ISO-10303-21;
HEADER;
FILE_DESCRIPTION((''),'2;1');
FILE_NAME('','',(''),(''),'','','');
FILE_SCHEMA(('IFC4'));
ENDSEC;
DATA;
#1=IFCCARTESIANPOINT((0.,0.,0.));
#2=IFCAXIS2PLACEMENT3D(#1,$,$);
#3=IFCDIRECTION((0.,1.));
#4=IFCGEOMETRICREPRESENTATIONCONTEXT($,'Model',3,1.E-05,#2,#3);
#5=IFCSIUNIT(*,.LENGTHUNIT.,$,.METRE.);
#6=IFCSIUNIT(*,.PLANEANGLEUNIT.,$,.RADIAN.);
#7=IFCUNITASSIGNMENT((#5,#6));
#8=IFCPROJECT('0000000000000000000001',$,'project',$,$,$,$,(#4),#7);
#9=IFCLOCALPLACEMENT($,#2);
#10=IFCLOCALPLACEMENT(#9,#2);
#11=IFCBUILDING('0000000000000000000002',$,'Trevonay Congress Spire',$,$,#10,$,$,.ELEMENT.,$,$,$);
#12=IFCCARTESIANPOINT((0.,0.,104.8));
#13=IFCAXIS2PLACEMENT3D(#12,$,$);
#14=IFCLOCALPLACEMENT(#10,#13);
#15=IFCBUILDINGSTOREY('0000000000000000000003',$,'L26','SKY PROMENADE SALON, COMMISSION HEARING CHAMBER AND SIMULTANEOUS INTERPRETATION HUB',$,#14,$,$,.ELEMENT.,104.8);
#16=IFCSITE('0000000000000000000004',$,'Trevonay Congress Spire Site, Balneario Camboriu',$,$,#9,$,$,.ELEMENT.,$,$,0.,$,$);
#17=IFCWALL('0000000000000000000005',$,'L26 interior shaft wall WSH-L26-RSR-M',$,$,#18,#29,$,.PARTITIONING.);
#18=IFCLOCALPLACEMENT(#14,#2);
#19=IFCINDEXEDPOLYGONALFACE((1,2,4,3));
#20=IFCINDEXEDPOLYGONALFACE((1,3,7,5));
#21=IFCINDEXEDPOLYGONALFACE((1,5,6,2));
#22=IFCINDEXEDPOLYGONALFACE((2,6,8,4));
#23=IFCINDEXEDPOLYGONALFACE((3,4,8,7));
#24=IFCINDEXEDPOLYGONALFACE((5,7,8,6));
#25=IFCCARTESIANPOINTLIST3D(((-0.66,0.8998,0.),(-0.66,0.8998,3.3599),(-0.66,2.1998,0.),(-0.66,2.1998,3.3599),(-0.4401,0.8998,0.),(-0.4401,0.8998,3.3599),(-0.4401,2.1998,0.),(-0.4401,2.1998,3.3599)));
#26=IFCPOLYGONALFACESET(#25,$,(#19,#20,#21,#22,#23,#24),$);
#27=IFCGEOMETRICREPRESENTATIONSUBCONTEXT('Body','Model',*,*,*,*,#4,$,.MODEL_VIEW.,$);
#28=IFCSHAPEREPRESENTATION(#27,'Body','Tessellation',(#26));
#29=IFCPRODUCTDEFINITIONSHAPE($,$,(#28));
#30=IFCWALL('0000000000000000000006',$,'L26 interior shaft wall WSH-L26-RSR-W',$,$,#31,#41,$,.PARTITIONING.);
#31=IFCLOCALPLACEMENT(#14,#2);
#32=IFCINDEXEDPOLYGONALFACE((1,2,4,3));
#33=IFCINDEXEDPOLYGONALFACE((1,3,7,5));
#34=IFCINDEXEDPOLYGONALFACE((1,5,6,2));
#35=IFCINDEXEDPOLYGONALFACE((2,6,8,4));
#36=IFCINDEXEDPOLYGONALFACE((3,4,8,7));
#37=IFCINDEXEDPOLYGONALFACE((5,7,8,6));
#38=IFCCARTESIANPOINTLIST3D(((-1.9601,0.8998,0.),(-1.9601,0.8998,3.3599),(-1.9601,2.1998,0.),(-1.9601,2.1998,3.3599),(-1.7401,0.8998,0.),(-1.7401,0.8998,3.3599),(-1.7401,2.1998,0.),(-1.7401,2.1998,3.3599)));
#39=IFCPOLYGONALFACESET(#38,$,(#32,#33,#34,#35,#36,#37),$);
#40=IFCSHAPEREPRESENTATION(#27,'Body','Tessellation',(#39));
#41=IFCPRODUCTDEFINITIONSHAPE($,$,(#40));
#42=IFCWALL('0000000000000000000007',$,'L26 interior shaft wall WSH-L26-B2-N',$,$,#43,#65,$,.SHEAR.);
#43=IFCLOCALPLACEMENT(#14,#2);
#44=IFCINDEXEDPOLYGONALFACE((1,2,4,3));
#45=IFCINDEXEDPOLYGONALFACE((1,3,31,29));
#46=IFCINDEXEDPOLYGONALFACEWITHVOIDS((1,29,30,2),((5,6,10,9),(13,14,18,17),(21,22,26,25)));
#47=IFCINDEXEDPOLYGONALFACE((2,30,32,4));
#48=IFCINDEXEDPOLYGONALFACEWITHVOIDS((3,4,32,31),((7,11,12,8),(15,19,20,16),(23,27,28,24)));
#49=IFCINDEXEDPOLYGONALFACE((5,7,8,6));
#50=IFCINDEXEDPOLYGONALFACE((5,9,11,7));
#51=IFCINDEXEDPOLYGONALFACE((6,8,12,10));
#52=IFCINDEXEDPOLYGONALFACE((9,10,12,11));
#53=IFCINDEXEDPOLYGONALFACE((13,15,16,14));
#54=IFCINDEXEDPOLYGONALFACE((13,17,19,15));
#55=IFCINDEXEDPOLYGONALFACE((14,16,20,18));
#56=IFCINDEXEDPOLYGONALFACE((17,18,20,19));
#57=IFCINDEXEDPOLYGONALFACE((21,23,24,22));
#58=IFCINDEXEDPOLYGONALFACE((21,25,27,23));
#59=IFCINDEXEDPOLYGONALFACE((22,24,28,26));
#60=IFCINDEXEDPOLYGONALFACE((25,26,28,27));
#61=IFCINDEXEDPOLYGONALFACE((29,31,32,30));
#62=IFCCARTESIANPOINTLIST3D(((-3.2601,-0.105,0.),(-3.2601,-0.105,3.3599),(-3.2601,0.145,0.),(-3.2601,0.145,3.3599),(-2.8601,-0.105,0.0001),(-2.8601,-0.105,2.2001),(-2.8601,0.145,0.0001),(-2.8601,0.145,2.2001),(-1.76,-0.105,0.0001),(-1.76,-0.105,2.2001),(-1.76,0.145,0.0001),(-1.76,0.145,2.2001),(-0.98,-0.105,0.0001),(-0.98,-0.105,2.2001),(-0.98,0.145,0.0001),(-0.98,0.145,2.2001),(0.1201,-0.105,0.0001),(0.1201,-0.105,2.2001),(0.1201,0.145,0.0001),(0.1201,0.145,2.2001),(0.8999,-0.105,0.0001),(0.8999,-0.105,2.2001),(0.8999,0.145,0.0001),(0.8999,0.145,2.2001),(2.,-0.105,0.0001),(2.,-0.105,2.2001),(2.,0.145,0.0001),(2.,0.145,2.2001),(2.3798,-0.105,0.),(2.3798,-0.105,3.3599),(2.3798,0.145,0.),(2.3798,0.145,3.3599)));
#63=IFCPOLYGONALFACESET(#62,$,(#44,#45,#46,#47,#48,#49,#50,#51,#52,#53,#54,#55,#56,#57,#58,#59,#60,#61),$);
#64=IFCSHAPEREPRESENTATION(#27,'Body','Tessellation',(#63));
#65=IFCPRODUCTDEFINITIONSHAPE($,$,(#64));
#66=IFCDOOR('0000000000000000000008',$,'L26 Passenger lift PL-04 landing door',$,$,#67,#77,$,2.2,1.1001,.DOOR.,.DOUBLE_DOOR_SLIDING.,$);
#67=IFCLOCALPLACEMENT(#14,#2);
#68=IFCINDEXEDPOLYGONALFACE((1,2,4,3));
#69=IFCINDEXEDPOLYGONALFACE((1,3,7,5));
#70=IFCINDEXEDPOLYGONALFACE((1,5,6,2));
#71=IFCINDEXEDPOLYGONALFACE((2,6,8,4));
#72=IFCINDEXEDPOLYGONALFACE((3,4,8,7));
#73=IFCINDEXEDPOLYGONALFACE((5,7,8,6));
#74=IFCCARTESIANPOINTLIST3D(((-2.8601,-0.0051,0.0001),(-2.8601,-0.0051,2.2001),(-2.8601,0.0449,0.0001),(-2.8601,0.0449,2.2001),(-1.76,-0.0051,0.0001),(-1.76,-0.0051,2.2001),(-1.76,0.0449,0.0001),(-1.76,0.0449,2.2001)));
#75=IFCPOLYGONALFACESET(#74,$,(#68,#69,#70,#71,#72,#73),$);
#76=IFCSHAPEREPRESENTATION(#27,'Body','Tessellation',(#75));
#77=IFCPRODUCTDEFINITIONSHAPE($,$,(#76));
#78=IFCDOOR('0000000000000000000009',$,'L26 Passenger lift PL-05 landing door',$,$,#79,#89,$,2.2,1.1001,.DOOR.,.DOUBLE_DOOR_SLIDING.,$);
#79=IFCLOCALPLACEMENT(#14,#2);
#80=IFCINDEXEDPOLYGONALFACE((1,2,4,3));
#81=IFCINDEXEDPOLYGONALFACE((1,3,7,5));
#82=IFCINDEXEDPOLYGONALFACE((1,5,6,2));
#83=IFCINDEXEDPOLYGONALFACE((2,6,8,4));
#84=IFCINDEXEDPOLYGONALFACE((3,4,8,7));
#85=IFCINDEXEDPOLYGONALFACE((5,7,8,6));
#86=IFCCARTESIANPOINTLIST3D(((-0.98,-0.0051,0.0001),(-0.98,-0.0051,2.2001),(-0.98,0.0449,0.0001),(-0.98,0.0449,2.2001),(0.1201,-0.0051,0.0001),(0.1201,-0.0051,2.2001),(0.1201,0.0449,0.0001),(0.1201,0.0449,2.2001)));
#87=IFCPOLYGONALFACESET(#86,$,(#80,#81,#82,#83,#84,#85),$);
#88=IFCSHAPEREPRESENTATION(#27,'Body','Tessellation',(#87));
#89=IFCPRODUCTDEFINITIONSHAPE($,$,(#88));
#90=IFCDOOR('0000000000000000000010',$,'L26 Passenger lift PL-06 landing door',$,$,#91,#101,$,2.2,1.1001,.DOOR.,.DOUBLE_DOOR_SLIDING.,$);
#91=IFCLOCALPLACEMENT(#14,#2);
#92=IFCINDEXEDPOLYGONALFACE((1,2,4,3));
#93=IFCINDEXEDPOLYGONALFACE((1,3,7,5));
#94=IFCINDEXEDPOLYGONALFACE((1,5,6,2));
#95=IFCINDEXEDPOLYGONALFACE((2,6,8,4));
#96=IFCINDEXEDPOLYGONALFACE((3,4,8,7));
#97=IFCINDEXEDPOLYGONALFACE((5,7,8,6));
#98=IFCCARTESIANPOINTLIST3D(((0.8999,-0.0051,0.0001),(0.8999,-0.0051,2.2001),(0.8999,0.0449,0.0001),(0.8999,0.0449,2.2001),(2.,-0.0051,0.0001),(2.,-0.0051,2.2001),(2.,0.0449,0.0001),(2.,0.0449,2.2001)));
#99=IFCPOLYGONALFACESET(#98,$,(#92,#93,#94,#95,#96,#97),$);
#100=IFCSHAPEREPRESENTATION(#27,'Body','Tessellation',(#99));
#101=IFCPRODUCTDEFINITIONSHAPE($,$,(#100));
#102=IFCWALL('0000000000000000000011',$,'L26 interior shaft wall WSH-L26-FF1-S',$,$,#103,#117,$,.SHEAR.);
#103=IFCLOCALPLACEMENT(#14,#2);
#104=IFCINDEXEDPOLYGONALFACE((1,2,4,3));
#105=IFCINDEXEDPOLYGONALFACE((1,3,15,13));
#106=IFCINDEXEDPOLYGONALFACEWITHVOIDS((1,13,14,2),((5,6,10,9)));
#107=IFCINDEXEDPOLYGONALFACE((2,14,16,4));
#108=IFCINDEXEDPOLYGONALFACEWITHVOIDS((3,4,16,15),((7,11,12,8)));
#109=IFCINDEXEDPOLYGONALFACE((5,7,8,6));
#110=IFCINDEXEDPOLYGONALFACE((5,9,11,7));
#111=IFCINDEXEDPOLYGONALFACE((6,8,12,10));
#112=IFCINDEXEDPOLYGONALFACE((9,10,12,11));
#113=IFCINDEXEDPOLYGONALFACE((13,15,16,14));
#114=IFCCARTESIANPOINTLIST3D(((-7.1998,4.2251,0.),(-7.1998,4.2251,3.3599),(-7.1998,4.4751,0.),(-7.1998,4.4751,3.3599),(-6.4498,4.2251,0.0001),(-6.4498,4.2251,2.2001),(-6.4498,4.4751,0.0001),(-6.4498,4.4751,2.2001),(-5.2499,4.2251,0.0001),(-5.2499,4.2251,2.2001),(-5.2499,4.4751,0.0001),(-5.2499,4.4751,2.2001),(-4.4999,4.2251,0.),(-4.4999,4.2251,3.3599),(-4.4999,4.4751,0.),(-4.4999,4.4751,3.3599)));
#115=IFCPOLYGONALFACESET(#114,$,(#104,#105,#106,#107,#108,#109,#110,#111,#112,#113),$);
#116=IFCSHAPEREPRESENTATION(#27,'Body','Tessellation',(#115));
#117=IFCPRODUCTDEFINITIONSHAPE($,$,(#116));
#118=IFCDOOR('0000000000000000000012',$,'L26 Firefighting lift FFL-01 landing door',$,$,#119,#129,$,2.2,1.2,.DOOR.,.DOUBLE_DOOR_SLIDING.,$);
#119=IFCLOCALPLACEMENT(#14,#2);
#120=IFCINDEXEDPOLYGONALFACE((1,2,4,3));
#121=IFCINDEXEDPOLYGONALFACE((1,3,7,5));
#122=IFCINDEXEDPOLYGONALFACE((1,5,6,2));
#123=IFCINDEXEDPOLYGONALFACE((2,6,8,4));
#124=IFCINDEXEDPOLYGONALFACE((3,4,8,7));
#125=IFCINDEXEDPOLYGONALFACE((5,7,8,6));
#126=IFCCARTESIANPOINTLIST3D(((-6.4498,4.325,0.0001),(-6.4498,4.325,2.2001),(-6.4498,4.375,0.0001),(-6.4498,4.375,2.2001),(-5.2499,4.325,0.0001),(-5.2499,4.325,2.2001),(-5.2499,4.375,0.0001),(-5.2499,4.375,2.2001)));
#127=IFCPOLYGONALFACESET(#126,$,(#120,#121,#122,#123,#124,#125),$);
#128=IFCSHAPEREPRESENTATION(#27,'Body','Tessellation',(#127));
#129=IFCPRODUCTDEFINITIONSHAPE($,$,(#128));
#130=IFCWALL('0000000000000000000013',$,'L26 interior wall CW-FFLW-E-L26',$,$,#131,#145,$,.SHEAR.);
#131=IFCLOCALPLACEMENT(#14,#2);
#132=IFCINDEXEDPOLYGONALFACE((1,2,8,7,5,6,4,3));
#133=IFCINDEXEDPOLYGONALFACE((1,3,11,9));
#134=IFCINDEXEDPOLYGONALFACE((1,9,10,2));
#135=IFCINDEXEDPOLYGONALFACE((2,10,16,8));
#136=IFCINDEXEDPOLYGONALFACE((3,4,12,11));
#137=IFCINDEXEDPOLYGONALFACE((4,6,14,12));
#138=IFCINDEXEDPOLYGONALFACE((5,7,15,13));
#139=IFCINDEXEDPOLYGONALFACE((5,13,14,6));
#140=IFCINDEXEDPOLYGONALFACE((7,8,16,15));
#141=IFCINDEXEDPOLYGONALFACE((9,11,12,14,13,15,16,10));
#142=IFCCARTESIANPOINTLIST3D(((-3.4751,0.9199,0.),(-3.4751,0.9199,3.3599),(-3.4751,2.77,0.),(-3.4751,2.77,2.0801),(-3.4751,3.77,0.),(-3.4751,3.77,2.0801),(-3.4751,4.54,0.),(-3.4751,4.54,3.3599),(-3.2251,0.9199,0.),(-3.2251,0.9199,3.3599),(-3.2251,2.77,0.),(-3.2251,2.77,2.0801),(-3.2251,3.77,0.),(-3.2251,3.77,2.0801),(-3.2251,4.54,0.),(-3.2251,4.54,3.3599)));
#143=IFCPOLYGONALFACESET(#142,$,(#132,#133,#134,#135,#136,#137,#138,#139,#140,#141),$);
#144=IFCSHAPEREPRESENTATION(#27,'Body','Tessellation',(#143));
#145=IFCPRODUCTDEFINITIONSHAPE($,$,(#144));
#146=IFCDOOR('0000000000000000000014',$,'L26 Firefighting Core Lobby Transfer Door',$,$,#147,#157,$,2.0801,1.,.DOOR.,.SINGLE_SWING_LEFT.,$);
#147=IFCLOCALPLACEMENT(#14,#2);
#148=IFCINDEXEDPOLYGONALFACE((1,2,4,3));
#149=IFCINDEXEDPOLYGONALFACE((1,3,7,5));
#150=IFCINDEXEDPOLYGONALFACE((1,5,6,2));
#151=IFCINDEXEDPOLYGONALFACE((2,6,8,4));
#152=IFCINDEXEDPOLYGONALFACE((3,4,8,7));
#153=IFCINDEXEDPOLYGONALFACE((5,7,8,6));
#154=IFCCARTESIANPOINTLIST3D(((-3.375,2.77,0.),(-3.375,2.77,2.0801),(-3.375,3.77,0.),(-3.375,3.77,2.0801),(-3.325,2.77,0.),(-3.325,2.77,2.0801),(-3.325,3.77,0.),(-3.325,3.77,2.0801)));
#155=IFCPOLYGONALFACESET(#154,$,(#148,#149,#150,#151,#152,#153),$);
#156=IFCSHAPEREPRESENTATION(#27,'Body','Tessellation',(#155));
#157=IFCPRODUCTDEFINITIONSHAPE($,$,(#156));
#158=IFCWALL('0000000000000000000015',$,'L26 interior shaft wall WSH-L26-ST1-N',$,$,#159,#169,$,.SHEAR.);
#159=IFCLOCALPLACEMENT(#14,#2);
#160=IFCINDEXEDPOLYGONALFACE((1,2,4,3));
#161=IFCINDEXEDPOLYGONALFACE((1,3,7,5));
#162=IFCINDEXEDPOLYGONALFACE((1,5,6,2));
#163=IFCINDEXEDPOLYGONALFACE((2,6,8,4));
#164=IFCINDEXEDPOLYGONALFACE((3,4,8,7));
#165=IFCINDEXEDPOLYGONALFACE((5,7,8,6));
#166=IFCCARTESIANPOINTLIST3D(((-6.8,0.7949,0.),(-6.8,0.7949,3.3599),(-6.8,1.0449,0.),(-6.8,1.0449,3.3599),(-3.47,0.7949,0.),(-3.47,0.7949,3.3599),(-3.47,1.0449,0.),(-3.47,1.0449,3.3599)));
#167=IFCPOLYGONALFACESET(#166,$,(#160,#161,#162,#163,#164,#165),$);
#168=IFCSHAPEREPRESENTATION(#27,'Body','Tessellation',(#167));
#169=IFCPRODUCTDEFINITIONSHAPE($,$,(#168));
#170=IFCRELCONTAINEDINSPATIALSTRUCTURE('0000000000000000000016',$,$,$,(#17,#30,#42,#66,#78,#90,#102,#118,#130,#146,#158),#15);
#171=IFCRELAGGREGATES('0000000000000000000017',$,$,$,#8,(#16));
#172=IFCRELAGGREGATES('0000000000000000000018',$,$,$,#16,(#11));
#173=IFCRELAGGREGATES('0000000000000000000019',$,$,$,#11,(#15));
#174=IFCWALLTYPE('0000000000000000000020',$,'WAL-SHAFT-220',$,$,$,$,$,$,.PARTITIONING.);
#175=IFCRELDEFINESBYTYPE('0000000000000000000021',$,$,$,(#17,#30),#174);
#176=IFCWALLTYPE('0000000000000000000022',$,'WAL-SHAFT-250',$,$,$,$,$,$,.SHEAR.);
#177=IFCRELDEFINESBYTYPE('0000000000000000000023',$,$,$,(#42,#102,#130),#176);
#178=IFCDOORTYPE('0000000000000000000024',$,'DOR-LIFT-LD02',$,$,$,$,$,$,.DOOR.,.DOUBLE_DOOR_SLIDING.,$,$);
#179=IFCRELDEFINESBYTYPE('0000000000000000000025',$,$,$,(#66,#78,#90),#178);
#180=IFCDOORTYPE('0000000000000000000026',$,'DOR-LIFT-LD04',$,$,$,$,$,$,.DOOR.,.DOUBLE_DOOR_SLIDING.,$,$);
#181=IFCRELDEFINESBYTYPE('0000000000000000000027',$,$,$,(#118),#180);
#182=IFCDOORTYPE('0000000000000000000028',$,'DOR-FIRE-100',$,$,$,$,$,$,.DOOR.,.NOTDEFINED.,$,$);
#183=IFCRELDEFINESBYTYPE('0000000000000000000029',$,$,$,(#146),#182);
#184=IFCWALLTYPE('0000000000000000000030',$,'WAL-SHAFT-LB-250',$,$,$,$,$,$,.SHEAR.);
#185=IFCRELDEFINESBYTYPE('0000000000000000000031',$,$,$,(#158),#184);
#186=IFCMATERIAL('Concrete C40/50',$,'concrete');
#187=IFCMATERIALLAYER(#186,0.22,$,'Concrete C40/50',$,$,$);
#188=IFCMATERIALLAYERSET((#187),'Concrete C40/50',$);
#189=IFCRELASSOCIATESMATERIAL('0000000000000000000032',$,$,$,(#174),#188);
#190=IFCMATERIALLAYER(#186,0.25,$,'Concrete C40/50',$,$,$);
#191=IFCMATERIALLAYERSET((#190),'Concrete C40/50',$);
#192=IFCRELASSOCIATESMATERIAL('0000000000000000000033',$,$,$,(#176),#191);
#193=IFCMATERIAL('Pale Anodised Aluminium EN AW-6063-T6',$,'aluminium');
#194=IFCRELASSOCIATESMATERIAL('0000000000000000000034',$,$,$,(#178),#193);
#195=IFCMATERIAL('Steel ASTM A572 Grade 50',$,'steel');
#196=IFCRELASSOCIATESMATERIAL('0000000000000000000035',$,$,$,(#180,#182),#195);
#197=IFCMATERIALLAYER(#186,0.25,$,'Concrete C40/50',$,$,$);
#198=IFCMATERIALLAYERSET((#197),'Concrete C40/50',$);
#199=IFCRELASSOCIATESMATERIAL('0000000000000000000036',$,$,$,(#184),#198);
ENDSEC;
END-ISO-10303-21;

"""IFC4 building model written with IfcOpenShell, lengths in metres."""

from ifc_helpers import new_model, si_unit, direction, frame, frame_2d, origin, place, context, subcontext, project, spatial, rectangle, extrude, material, layer, layer_set, type_object, element, fill, save


model = new_model("IFC4")

# Units and contexts
model_context = context("Model", 3, precision=1e-05, world=origin(), true_north=direction((0.0, 1.0)))
body_context = subcontext(model_context, "Body", "Model", "MODEL_VIEW")
ifc_project = project(units=[si_unit("LENGTHUNIT", "METRE"), si_unit("PLANEANGLEUNIT", "RADIAN")], contexts=[model_context])

# Site, building, storey
site_placement = place(None, origin())
site = spatial("IfcSite", under=ifc_project, at=site_placement, Name="Trevonay Congress Spire Site, Balneario Camboriu", CompositionType="ELEMENT", RefElevation=0.0)
building_placement = place(site_placement, origin())
building = spatial("IfcBuilding", under=site, at=building_placement, Name="Trevonay Congress Spire", CompositionType="ELEMENT")
storey_placement = place(building_placement, frame((0.0, 0.0, 104.8)))
storey = spatial("IfcBuildingStorey", under=building, at=storey_placement, Name="L26", Description="SKY PROMENADE SALON, COMMISSION HEARING CHAMBER AND SIMULTANEOUS INTERPRETATION HUB", CompositionType="ELEMENT", Elevation=104.8)

# Shared definitions
ifc_material_1 = material(Name="Steel ASTM A572 Grade 50", Category="steel")

# Shared definitions
ifc_material_2 = material(Name="Concrete C40/50", Category="concrete")

# Walls
ifc_layer_1 = layer(ifc_material_2, 0.22, Name="Concrete C40/50")
ifc_layer_set_1 = layer_set([ifc_layer_1], Name="Concrete C40/50")
wall_type_1 = type_object("IfcWallType", Name="WAL-SHAFT-220", PredefinedType="PARTITIONING", material=ifc_layer_set_1)
for number, where, z_axis, x_axis, name in (
    (1, (-0.55, 0.8999, 0.0), (0.0, 0.0, 1.0), (0.0, 1.0, 0.0), "L26 interior shaft wall WSH-L26-RSR-M"),
    (2, (-1.8501, 0.8999, 0.0), (0.0, 0.0, 1.0), (0.0, 1.0, 0.0), "L26 interior shaft wall WSH-L26-RSR-W"),
):
    element("IfcWall", number, at=place(storey_placement, frame(where, z_axis=z_axis, x_axis=x_axis)), inside=storey, type_object=wall_type_1, Name=name, PredefinedType="PARTITIONING", context=body_context, shape_type="SweptSolid", body=[
        extrude(rectangle(XDim=1.3, YDim=0.22, at=frame_2d((0.6499, 0.0))), origin(), (0.0, 0.0, 1.0), 3.3599),
    ])

# Wall, openings, doors
ifc_layer_2 = layer(ifc_material_2, 0.25, Name="Concrete C40/50")
ifc_layer_set_2 = layer_set([ifc_layer_2], Name="Concrete C40/50")
wall_type_2 = type_object("IfcWallType", Name="WAL-SHAFT-250", PredefinedType="SHEAR", material=ifc_layer_set_2)
wall_1_placement = place(storey_placement, frame((-3.26, 0.02, 0.0), z_axis=(0.0, 0.0, 1.0), x_axis=(1.0, 0.0, 0.0)))
wall_1 = element("IfcWall", 3, at=wall_1_placement, inside=storey, type_object=wall_type_2, Name="L26 interior shaft wall WSH-L26-B2-N", PredefinedType="SHEAR", context=body_context, shape_type="SweptSolid", body=[
    extrude(rectangle(XDim=5.6399, YDim=0.25, at=frame_2d((2.8198, 0.0))), origin(), (0.0, 0.0, 1.0), 3.3599),
])
opening_1_placement = place(wall_1_placement, frame((0.3999, 0.0, 0.0)))
opening_1 = element("IfcOpeningElement", 4, at=opening_1_placement, cuts=wall_1, PredefinedType="OPENING", context=body_context, shape_type="SweptSolid", body=[
    extrude(rectangle(XDim=1.1001, YDim=2.2, at=frame_2d((0.55, 1.1001))), frame((0.0, 0.135, 0.0), z_axis=(0.0, -1.0, 0.0), x_axis=(1.0, 0.0, 0.0)), (0.0, 0.0, 1.0), 0.27),
])
opening_2_placement = place(wall_1_placement, frame((2.28, 0.0, 0.0)))
opening_2 = element("IfcOpeningElement", 5, at=opening_2_placement, cuts=wall_1, PredefinedType="OPENING", context=body_context, shape_type="SweptSolid", body=[
    extrude(rectangle(XDim=1.1001, YDim=2.2, at=frame_2d((0.55, 1.1001))), frame((0.0, 0.135, 0.0), z_axis=(0.0, -1.0, 0.0), x_axis=(1.0, 0.0, 0.0)), (0.0, 0.0, 1.0), 0.27),
])
opening_3_placement = place(wall_1_placement, frame((4.1599, 0.0, 0.0)))
opening_3 = element("IfcOpeningElement", 6, at=opening_3_placement, cuts=wall_1, PredefinedType="OPENING", context=body_context, shape_type="SweptSolid", body=[
    extrude(rectangle(XDim=1.1001, YDim=2.2, at=frame_2d((0.55, 1.1001))), frame((0.0, 0.135, 0.0), z_axis=(0.0, -1.0, 0.0), x_axis=(1.0, 0.0, 0.0)), (0.0, 0.0, 1.0), 0.27),
])
ifc_material_3 = material(Name="Pale Anodised Aluminium EN AW-6063-T6", Category="aluminium")
door_type_1 = type_object("IfcDoorType", Name="DOR-LIFT-LD02", OperationType="DOUBLE_DOOR_SLIDING", PredefinedType="DOOR", material=ifc_material_3)
door_1_placement = place(opening_1_placement, origin())
door_1 = element("IfcDoor", 7, at=door_1_placement, inside=storey, type_object=door_type_1, Name="L26 Passenger lift PL-04 landing door", OperationType="DOUBLE_DOOR_SLIDING", OverallHeight=2.2, OverallWidth=1.1001, PredefinedType="DOOR", context=body_context, shape_type="SweptSolid", body=[
    extrude(rectangle(XDim=1.1001, YDim=2.2, at=frame_2d((0.55, 1.1001))), frame((0.0, 0.0249, 0.0), z_axis=(0.0, -1.0, 0.0), x_axis=(1.0, 0.0, 0.0)), (0.0, 0.0, 1.0), 0.05),
])
fill(opening_1, door_1)
door_2_placement = place(opening_2_placement, origin())
door_2 = element("IfcDoor", 8, at=door_2_placement, inside=storey, type_object=door_type_1, Name="L26 Passenger lift PL-05 landing door", OperationType="DOUBLE_DOOR_SLIDING", OverallHeight=2.2, OverallWidth=1.1001, PredefinedType="DOOR", context=body_context, shape_type="SweptSolid", body=[
    extrude(rectangle(XDim=1.1001, YDim=2.2, at=frame_2d((0.55, 1.1001))), frame((0.0, 0.0249, 0.0), z_axis=(0.0, -1.0, 0.0), x_axis=(1.0, 0.0, 0.0)), (0.0, 0.0, 1.0), 0.05),
])
fill(opening_2, door_2)
door_3_placement = place(opening_3_placement, origin())
door_3 = element("IfcDoor", 9, at=door_3_placement, inside=storey, type_object=door_type_1, Name="L26 Passenger lift PL-06 landing door", OperationType="DOUBLE_DOOR_SLIDING", OverallHeight=2.2, OverallWidth=1.1001, PredefinedType="DOOR", context=body_context, shape_type="SweptSolid", body=[
    extrude(rectangle(XDim=1.1001, YDim=2.2, at=frame_2d((0.55, 1.1001))), frame((0.0, 0.0249, 0.0), z_axis=(0.0, -1.0, 0.0), x_axis=(1.0, 0.0, 0.0)), (0.0, 0.0, 1.0), 0.05),
])
fill(opening_3, door_3)

# Walls, openings, doors
wall_2_placement = place(storey_placement, frame((-7.2, 4.3501, 0.0), z_axis=(0.0, 0.0, 1.0), x_axis=(1.0, 0.0, 0.0)))
wall_2 = element("IfcWall", 10, at=wall_2_placement, inside=storey, type_object=wall_type_2, Name="L26 interior shaft wall WSH-L26-FF1-S", PredefinedType="SHEAR", context=body_context, shape_type="SweptSolid", body=[
    extrude(rectangle(XDim=2.7, YDim=0.25, at=frame_2d((1.3501, 0.0))), origin(), (0.0, 0.0, 1.0), 3.3599),
])
opening_4_placement = place(wall_2_placement, frame((0.75, 0.0, 0.0)))
opening_4 = element("IfcOpeningElement", 11, at=opening_4_placement, cuts=wall_2, PredefinedType="OPENING", context=body_context, shape_type="SweptSolid", body=[
    extrude(rectangle(XDim=1.2, YDim=2.2, at=frame_2d((0.6001, 1.1001))), frame((0.0, 0.135, 0.0), z_axis=(0.0, -1.0, 0.0), x_axis=(1.0, 0.0, 0.0)), (0.0, 0.0, 1.0), 0.27),
])
door_type_2 = type_object("IfcDoorType", Name="DOR-LIFT-LD04", OperationType="DOUBLE_DOOR_SLIDING", PredefinedType="DOOR", material=ifc_material_1)
door_4_placement = place(opening_4_placement, origin())
door_4 = element("IfcDoor", 12, at=door_4_placement, inside=storey, type_object=door_type_2, Name="L26 Firefighting lift FFL-01 landing door", OperationType="DOUBLE_DOOR_SLIDING", OverallHeight=2.2, OverallWidth=1.2, PredefinedType="DOOR", context=body_context, shape_type="SweptSolid", body=[
    extrude(rectangle(XDim=1.2, YDim=2.2, at=frame_2d((0.6001, 1.1001))), frame((0.0, 0.0249, 0.0), z_axis=(0.0, -1.0, 0.0), x_axis=(1.0, 0.0, 0.0)), (0.0, 0.0, 1.0), 0.05),
])
fill(opening_4, door_4)
wall_3_placement = place(storey_placement, frame((-3.3501, 0.9199, 0.0), z_axis=(0.0, 0.0, 1.0), x_axis=(0.0, 1.0, 0.0)))
wall_3 = element("IfcWall", 13, at=wall_3_placement, inside=storey, type_object=wall_type_2, Name="L26 interior wall CW-FFLW-E-L26", PredefinedType="SHEAR", context=body_context, shape_type="SweptSolid", body=[
    extrude(rectangle(XDim=3.6201, YDim=0.25, at=frame_2d((1.8101, 0.0))), origin(), (0.0, 0.0, 1.0), 3.3599),
])
opening_5_placement = place(wall_3_placement, frame((1.8501, 0.0, 0.0)))
opening_5 = element("IfcOpeningElement", 14, at=opening_5_placement, cuts=wall_3, PredefinedType="OPENING", context=body_context, shape_type="SweptSolid", body=[
    extrude(rectangle(XDim=1.0, YDim=2.0801, at=frame_2d((0.5, 1.04))), frame((0.0, 0.135, 0.0), z_axis=(0.0, -1.0, 0.0), x_axis=(1.0, 0.0, 0.0)), (0.0, 0.0, 1.0), 0.27),
])
door_type_3 = type_object("IfcDoorType", Name="DOR-FIRE-100", OperationType="NOTDEFINED", PredefinedType="DOOR", material=ifc_material_1)
door_5_placement = place(opening_5_placement, origin())
door_5 = element("IfcDoor", 15, at=door_5_placement, inside=storey, type_object=door_type_3, Name="L26 Firefighting Core Lobby Transfer Door", OperationType="SINGLE_SWING_LEFT", OverallHeight=2.0801, OverallWidth=1.0, PredefinedType="DOOR", context=body_context, shape_type="SweptSolid", body=[
    extrude(rectangle(XDim=1.0, YDim=2.0801, at=frame_2d((0.5, 1.04))), frame((0.0, 0.0249, 0.0), z_axis=(0.0, -1.0, 0.0), x_axis=(1.0, 0.0, 0.0)), (0.0, 0.0, 1.0), 0.05),
])
fill(opening_5, door_5)

# Wall
ifc_layer_3 = layer(ifc_material_2, 0.25, Name="Concrete C40/50")
ifc_layer_set_3 = layer_set([ifc_layer_3], Name="Concrete C40/50")
wall_type_3 = type_object("IfcWallType", Name="WAL-SHAFT-LB-250", PredefinedType="SHEAR", material=ifc_layer_set_3)
wall_4_placement = place(storey_placement, frame((-6.8, 0.9199, 0.0), z_axis=(0.0, 0.0, 1.0), x_axis=(1.0, 0.0, 0.0)))
element("IfcWall", 16, at=wall_4_placement, inside=storey, type_object=wall_type_3, Name="L26 interior shaft wall WSH-L26-ST1-N", PredefinedType="SHEAR", context=body_context, shape_type="SweptSolid", body=[
    extrude(rectangle(XDim=3.3301, YDim=0.25, at=frame_2d((1.665, 0.0))), origin(), (0.0, 0.0, 1.0), 3.3599),
])

save(model, "model.ifc")
